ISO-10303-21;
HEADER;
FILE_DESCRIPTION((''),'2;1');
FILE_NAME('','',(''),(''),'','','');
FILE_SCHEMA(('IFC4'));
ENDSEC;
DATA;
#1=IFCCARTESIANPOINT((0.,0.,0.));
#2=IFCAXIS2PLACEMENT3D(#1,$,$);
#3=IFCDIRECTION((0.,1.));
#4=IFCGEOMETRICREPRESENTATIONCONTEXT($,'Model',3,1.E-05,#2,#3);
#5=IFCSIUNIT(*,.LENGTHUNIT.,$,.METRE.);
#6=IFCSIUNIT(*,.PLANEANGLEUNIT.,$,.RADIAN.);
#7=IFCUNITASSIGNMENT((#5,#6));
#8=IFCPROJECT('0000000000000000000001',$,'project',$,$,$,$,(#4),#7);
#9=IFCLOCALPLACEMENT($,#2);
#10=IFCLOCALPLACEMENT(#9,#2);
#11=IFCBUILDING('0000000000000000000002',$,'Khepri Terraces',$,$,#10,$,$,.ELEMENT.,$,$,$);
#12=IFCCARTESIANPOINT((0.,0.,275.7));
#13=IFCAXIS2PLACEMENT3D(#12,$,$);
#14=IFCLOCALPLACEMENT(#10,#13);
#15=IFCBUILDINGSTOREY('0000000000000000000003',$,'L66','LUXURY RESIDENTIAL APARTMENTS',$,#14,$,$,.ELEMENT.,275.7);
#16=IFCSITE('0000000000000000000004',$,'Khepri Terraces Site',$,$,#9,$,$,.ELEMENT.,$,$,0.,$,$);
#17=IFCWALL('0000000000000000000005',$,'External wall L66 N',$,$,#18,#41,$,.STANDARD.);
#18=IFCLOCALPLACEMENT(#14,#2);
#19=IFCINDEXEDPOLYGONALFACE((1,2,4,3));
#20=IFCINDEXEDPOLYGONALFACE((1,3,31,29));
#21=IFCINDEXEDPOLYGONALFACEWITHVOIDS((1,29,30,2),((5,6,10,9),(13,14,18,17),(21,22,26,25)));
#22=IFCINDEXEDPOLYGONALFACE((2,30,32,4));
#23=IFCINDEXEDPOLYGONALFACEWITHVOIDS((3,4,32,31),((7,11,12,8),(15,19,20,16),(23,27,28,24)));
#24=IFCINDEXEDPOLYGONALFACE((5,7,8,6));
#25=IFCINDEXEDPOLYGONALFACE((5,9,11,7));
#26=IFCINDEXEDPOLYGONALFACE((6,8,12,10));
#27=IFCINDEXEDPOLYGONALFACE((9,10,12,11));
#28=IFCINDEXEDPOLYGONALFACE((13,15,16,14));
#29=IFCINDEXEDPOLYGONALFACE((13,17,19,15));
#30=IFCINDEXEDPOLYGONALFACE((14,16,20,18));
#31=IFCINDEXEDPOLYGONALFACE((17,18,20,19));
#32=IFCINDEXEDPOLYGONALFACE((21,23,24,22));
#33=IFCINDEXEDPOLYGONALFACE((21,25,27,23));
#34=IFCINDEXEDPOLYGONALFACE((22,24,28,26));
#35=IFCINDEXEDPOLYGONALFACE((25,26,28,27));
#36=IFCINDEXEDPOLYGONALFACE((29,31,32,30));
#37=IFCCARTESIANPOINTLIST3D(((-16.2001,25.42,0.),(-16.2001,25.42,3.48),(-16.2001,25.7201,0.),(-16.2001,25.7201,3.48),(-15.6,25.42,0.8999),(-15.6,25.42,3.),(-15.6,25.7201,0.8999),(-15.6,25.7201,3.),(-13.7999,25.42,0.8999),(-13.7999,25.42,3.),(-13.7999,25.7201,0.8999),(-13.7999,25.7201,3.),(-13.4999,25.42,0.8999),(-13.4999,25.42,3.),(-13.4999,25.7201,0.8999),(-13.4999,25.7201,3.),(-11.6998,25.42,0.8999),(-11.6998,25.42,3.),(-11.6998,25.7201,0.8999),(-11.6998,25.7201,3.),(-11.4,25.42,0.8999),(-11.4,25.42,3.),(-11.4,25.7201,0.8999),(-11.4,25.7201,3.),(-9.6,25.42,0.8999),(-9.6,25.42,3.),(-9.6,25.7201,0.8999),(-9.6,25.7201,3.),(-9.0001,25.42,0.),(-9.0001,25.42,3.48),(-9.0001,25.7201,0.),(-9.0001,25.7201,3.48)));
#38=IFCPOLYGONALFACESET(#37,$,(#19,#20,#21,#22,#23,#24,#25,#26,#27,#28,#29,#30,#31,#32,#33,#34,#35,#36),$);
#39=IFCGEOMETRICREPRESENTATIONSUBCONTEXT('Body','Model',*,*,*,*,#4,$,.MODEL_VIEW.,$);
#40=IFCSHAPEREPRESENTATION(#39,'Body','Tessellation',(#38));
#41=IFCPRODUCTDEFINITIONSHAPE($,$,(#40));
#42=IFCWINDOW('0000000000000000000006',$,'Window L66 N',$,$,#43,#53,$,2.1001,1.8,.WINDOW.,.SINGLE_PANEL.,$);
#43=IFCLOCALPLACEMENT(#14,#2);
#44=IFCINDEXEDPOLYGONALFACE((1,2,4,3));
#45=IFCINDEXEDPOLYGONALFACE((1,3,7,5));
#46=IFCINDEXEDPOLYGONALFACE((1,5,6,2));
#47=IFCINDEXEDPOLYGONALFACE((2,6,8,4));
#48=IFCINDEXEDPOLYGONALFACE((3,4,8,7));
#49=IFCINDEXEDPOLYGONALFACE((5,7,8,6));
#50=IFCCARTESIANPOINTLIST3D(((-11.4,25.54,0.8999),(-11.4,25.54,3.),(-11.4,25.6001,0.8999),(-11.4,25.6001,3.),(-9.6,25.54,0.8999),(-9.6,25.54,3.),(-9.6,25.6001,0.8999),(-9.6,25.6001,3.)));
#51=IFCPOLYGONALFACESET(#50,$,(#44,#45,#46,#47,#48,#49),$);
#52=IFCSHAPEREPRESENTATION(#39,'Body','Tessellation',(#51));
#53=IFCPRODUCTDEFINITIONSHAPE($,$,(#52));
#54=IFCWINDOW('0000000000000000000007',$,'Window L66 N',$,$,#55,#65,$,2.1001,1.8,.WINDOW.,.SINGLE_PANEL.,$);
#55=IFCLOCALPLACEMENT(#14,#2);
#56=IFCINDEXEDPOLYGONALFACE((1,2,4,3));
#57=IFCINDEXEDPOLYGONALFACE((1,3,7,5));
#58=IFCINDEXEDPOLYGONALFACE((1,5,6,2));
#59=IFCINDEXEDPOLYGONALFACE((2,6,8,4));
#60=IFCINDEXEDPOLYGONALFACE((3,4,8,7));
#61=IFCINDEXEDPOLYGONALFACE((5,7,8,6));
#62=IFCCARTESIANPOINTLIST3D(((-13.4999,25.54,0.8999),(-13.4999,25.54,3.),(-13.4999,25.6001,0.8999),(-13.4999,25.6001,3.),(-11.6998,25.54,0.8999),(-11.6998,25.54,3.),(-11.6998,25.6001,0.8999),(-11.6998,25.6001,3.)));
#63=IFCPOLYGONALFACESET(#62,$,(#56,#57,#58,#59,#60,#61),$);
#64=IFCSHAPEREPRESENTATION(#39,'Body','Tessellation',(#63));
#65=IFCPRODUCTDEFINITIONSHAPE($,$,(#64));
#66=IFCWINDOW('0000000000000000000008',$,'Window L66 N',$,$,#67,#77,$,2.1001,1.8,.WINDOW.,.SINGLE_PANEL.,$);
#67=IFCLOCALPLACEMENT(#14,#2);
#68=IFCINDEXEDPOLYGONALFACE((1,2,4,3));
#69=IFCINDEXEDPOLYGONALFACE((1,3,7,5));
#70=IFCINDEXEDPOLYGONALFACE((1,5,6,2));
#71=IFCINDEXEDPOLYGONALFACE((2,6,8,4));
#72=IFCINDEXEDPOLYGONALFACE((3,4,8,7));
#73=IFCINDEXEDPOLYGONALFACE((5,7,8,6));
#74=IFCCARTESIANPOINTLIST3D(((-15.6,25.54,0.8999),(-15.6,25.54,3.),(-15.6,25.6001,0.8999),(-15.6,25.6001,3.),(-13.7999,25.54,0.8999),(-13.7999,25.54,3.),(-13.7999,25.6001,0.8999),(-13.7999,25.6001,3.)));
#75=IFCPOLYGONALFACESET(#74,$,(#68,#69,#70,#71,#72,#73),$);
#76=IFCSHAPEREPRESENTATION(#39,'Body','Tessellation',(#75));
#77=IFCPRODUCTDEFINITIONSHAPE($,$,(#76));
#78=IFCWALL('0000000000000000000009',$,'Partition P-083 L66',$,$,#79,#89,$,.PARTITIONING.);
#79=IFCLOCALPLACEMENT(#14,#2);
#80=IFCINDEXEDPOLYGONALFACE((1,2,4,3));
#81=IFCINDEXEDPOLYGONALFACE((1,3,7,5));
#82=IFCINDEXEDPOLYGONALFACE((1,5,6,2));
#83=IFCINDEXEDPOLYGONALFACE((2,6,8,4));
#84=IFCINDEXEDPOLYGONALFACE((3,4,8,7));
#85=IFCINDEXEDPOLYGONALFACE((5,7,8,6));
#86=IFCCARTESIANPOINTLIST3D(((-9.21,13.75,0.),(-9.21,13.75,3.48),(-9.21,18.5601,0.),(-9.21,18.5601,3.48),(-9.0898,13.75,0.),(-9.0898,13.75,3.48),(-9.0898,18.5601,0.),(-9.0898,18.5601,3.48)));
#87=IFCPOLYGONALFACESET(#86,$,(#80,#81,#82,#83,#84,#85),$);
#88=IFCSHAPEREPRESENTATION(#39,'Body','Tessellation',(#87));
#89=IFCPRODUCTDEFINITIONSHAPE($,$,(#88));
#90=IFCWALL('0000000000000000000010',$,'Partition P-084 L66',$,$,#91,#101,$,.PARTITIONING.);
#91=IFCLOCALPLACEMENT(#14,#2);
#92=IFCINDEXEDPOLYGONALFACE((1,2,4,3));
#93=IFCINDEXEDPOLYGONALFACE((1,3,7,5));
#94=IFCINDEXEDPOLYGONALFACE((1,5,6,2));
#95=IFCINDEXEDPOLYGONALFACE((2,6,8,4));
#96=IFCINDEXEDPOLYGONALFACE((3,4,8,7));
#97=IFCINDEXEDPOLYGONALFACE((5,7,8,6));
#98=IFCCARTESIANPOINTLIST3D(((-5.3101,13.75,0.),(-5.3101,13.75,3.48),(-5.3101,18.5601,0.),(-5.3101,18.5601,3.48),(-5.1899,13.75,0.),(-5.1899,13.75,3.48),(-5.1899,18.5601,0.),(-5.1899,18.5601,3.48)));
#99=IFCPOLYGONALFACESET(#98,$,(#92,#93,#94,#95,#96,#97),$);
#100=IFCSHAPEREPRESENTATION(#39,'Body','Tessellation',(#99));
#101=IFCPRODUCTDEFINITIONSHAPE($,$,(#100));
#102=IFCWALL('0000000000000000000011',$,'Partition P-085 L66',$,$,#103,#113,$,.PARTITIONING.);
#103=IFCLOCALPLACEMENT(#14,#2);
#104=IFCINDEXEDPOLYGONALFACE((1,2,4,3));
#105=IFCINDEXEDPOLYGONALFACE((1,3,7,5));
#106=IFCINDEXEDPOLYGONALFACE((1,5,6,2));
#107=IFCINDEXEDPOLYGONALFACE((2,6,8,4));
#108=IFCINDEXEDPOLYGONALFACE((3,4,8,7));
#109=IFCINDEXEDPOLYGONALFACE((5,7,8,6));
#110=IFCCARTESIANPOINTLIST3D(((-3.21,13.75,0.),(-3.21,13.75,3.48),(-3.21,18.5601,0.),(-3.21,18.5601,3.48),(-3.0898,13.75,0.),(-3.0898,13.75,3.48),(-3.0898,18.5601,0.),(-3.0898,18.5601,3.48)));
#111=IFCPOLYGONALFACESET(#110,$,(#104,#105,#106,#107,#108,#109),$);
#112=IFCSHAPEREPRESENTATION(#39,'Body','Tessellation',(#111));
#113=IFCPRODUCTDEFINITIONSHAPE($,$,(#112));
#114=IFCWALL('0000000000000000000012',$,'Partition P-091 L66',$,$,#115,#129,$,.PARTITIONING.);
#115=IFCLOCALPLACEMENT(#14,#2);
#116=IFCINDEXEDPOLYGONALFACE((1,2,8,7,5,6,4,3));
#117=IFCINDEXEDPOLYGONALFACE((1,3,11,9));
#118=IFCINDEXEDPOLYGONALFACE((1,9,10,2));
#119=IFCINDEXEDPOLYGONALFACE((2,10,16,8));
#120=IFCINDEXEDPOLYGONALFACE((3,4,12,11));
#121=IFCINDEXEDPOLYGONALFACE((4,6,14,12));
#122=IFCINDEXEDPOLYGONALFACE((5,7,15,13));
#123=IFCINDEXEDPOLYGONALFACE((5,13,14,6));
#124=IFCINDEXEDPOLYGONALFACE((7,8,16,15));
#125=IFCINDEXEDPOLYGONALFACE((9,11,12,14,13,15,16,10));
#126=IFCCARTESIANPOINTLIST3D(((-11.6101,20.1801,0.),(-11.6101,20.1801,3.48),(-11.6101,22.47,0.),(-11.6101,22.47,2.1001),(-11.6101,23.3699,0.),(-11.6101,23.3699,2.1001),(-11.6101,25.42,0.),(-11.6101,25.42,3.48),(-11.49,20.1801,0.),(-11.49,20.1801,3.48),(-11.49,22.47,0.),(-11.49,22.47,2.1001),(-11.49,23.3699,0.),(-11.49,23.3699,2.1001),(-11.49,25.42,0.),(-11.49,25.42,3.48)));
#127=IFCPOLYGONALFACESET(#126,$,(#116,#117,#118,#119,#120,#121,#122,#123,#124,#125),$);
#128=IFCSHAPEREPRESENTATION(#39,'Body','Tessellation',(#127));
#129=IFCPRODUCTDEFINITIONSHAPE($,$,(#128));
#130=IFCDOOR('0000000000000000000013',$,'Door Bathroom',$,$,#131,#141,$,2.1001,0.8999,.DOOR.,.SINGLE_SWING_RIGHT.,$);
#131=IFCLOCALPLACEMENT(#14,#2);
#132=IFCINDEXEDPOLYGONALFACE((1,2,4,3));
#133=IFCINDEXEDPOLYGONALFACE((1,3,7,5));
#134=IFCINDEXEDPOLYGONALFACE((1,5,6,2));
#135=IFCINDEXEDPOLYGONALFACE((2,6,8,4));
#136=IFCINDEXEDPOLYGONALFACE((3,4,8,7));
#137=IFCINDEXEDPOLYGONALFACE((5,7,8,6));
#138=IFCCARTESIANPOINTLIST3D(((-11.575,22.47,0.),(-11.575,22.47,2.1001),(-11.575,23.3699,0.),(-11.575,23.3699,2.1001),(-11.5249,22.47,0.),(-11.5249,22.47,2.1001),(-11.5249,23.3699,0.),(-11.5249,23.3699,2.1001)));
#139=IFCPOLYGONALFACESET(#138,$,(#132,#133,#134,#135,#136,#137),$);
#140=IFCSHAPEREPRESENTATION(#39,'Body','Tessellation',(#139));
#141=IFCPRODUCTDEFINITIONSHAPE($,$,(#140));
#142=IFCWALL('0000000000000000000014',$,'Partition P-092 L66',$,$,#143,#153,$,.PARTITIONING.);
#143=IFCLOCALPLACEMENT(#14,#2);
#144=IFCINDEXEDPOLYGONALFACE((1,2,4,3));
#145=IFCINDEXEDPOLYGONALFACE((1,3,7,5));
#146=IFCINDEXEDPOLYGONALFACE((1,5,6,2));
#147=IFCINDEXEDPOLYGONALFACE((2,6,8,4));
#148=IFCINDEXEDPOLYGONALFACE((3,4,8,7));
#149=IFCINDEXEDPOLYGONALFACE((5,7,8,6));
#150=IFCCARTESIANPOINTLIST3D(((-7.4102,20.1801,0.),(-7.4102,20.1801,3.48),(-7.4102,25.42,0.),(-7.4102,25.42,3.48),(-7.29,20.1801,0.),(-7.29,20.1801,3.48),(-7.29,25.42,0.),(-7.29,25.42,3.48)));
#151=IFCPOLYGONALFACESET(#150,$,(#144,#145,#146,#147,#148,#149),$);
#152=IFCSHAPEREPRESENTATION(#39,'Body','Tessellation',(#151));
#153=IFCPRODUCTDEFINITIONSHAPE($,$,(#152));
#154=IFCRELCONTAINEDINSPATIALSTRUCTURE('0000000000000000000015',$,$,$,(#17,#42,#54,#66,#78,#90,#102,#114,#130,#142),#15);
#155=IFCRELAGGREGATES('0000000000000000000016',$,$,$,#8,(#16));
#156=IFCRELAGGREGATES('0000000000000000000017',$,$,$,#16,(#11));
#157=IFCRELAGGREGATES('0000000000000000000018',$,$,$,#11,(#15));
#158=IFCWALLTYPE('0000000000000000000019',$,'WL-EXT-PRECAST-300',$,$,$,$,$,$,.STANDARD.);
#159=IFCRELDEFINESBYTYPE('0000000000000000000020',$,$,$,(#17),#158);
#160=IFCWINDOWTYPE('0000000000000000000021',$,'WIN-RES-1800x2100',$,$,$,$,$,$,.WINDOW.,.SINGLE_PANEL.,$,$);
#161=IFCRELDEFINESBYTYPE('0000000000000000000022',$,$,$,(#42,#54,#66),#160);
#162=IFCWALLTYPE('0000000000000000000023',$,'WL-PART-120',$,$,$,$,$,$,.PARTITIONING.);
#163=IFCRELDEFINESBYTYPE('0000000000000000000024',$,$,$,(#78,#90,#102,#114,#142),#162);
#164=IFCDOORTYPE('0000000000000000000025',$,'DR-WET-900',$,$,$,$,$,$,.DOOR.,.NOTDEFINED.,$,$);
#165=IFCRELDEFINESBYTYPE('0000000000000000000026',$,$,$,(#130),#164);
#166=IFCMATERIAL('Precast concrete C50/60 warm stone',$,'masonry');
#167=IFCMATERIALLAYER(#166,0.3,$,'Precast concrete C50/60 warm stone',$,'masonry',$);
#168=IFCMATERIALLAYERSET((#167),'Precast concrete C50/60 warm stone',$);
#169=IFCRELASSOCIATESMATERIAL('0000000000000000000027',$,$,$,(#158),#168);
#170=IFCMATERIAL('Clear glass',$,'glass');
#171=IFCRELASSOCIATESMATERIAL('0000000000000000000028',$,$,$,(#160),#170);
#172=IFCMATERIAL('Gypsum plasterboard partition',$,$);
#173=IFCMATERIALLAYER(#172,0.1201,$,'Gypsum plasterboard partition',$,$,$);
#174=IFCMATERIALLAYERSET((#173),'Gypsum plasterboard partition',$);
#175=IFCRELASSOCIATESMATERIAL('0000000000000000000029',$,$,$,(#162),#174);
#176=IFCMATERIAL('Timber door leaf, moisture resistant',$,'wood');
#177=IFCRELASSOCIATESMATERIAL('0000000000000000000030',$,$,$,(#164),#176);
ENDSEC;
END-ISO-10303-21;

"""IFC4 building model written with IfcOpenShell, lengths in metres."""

from ifc_helpers import new_model, si_unit, direction, frame, frame_2d, origin, place, context, subcontext, project, spatial, rectangle, extrude, material, layer, layer_set, type_object, element, fill, save


model = new_model("IFC4")

# Units and contexts
model_context = context("Model", 3, precision=1e-05, world=origin(), true_north=direction((0.0, 1.0)))
body_context = subcontext(model_context, "Body", "Model", "MODEL_VIEW")
ifc_project = project(units=[si_unit("LENGTHUNIT", "METRE"), si_unit("PLANEANGLEUNIT", "RADIAN")], contexts=[model_context])

# Site, building, storey
site_placement = place(None, origin())
site = spatial("IfcSite", under=ifc_project, at=site_placement, Name="Khepri Terraces Site", CompositionType="ELEMENT", RefElevation=0.0)
building_placement = place(site_placement, origin())
building = spatial("IfcBuilding", under=site, at=building_placement, Name="Khepri Terraces", CompositionType="ELEMENT")
storey_placement = place(building_placement, frame((0.0, 0.0, 275.7)))
storey = spatial("IfcBuildingStorey", under=building, at=storey_placement, Name="L66", Description="LUXURY RESIDENTIAL APARTMENTS", CompositionType="ELEMENT", Elevation=275.7)

# Wall, openings, windows
ifc_material_1 = material(Name="Precast concrete C50/60 warm stone", Category="masonry")
ifc_layer_1 = layer(ifc_material_1, 0.3, Name="Precast concrete C50/60 warm stone", Category="masonry")
ifc_layer_set_1 = layer_set([ifc_layer_1], Name="Precast concrete C50/60 warm stone")
wall_type_1 = type_object("IfcWallType", Name="WL-EXT-PRECAST-300", PredefinedType="STANDARD", material=ifc_layer_set_1)
ifc_material_2 = material(Name="Clear glass", Category="glass")
window_type_1 = type_object("IfcWindowType", Name="WIN-RES-1800x2100", PartitioningType="SINGLE_PANEL", PredefinedType="WINDOW", material=ifc_material_2)
wall_1_placement = place(storey_placement, frame((-9.0, 25.5701, 0.0), z_axis=(0.0, 0.0, 1.0), x_axis=(-1.0, 0.0, 0.0)))
wall_1 = element("IfcWall", 1, at=wall_1_placement, inside=storey, type_object=wall_type_1, Name="External wall L66 N", PredefinedType="STANDARD", context=body_context, shape_type="SweptSolid", body=[
    extrude(rectangle(XDim=7.2, YDim=0.3, at=frame_2d((3.6001, 0.0))), origin(), (0.0, 0.0, 1.0), 3.48),
])
opening_1_placement = place(wall_1_placement, frame((0.6001, 0.0, 0.8999)))
opening_1 = element("IfcOpeningElement", 2, at=opening_1_placement, cuts=wall_1, PredefinedType="OPENING", context=body_context, shape_type="SweptSolid", body=[
    extrude(rectangle(XDim=1.8, YDim=2.1001, at=frame_2d((0.8999, 1.05))), frame((0.0, 0.1602, 0.0), z_axis=(0.0, -1.0, 0.0), x_axis=(1.0, 0.0, 0.0)), (0.0, 0.0, 1.0), 0.3201),
])
opening_2_placement = place(wall_1_placement, frame((2.7, 0.0, 0.8999)))
opening_2 = element("IfcOpeningElement", 3, at=opening_2_placement, cuts=wall_1, PredefinedType="OPENING", context=body_context, shape_type="SweptSolid", body=[
    extrude(rectangle(XDim=1.8, YDim=2.1001, at=frame_2d((0.8999, 1.05))), frame((0.0, 0.1602, 0.0), z_axis=(0.0, -1.0, 0.0), x_axis=(1.0, 0.0, 0.0)), (0.0, 0.0, 1.0), 0.3201),
])
opening_3_placement = place(wall_1_placement, frame((4.8, 0.0, 0.8999)))
opening_3 = element("IfcOpeningElement", 4, at=opening_3_placement, cuts=wall_1, PredefinedType="OPENING", context=body_context, shape_type="SweptSolid", body=[
    extrude(rectangle(XDim=1.8, YDim=2.1001, at=frame_2d((0.8999, 1.05))), frame((0.0, 0.1602, 0.0), z_axis=(0.0, -1.0, 0.0), x_axis=(1.0, 0.0, 0.0)), (0.0, 0.0, 1.0), 0.3201),
])
window_1_placement = place(opening_1_placement, origin())
window_1 = element("IfcWindow", 5, at=window_1_placement, inside=storey, type_object=window_type_1, Name="Window L66 N", OverallHeight=2.1001, OverallWidth=1.8, PartitioningType="SINGLE_PANEL", PredefinedType="WINDOW", context=body_context, shape_type="SweptSolid", body=[
    extrude(rectangle(XDim=1.8, YDim=2.1001, at=frame_2d((0.8999, 1.05))), frame((0.0, 0.03, 0.0), z_axis=(0.0, -1.0, 0.0), x_axis=(1.0, 0.0, 0.0)), (0.0, 0.0, 1.0), 0.0601),
])
fill(opening_1, window_1)
window_2_placement = place(opening_2_placement, origin())
window_2 = element("IfcWindow", 6, at=window_2_placement, inside=storey, type_object=window_type_1, Name="Window L66 N", OverallHeight=2.1001, OverallWidth=1.8, PartitioningType="SINGLE_PANEL", PredefinedType="WINDOW", context=body_context, shape_type="SweptSolid", body=[
    extrude(rectangle(XDim=1.8, YDim=2.1001, at=frame_2d((0.8999, 1.05))), frame((0.0, 0.03, 0.0), z_axis=(0.0, -1.0, 0.0), x_axis=(1.0, 0.0, 0.0)), (0.0, 0.0, 1.0), 0.0601),
])
fill(opening_2, window_2)
window_3_placement = place(opening_3_placement, origin())
window_3 = element("IfcWindow", 7, at=window_3_placement, inside=storey, type_object=window_type_1, Name="Window L66 N", OverallHeight=2.1001, OverallWidth=1.8, PartitioningType="SINGLE_PANEL", PredefinedType="WINDOW", context=body_context, shape_type="SweptSolid", body=[
    extrude(rectangle(XDim=1.8, YDim=2.1001, at=frame_2d((0.8999, 1.05))), frame((0.0, 0.03, 0.0), z_axis=(0.0, -1.0, 0.0), x_axis=(1.0, 0.0, 0.0)), (0.0, 0.0, 1.0), 0.0601),
])
fill(opening_3, window_3)

# Walls
ifc_material_3 = material(Name="Gypsum plasterboard partition")
ifc_layer_2 = layer(ifc_material_3, 0.1201, Name="Gypsum plasterboard partition")
ifc_layer_set_2 = layer_set([ifc_layer_2], Name="Gypsum plasterboard partition")
wall_type_2 = type_object("IfcWallType", Name="WL-PART-120", PredefinedType="PARTITIONING", material=ifc_layer_set_2)
for number, where, z_axis, x_axis, name in (
    (8, (-9.1499, 13.75, 0.0), (0.0, 0.0, 1.0), (0.0, 1.0, 0.0), "Partition P-083 L66"),
    (9, (-5.25, 13.75, 0.0), (0.0, 0.0, 1.0), (0.0, 1.0, 0.0), "Partition P-084 L66"),
    (10, (-3.1499, 13.75, 0.0), (0.0, 0.0, 1.0), (0.0, 1.0, 0.0), "Partition P-085 L66"),
):
    element("IfcWall", number, at=place(storey_placement, frame(where, z_axis=z_axis, x_axis=x_axis)), inside=storey, type_object=wall_type_2, Name=name, PredefinedType="PARTITIONING", context=body_context, shape_type="SweptSolid", body=[
        extrude(rectangle(XDim=4.8101, YDim=0.1201, at=frame_2d((2.405, 0.0))), origin(), (0.0, 0.0, 1.0), 3.48),
    ])

# Wall, opening, door
wall_2_placement = place(storey_placement, frame((-11.55, 20.1799, 0.0), z_axis=(0.0, 0.0, 1.0), x_axis=(0.0, 1.0, 0.0)))
wall_2 = element("IfcWall", 11, at=wall_2_placement, inside=storey, type_object=wall_type_2, Name="Partition P-091 L66", PredefinedType="PARTITIONING", context=body_context, shape_type="SweptSolid", body=[
    extrude(rectangle(XDim=5.24, YDim=0.1201, at=frame_2d((2.6201, 0.0))), origin(), (0.0, 0.0, 1.0), 3.48),
])
opening_4_placement = place(wall_2_placement, frame((2.29, 0.0, 0.0)))
opening_4 = element("IfcOpeningElement", 12, at=opening_4_placement, cuts=wall_2, PredefinedType="OPENING", context=body_context, shape_type="SweptSolid", body=[
    extrude(rectangle(XDim=0.8999, YDim=2.1001, at=frame_2d((0.45, 1.05))), frame((0.0, 0.0701, 0.0), z_axis=(0.0, -1.0, 0.0), x_axis=(1.0, 0.0, 0.0)), (0.0, 0.0, 1.0), 0.1401),
])
ifc_material_4 = material(Name="Timber door leaf, moisture resistant", Category="wood")
door_type_1 = type_object("IfcDoorType", Name="DR-WET-900", OperationType="NOTDEFINED", PredefinedType="DOOR", material=ifc_material_4)
door_1_placement = place(opening_4_placement, origin())
door_1 = element("IfcDoor", 13, at=door_1_placement, inside=storey, type_object=door_type_1, Name="Door Bathroom", OperationType="SINGLE_SWING_RIGHT", OverallHeight=2.1001, OverallWidth=0.8999, PredefinedType="DOOR", context=body_context, shape_type="SweptSolid", body=[
    extrude(rectangle(XDim=0.8999, YDim=2.1001, at=frame_2d((0.45, 1.05))), frame((0.0, 0.0249, 0.0), z_axis=(0.0, -1.0, 0.0), x_axis=(1.0, 0.0, 0.0)), (0.0, 0.0, 1.0), 0.05),
])
fill(opening_4, door_1)

# Wall
wall_3_placement = place(storey_placement, frame((-7.3501, 20.1799, 0.0), z_axis=(0.0, 0.0, 1.0), x_axis=(0.0, 1.0, 0.0)))
element("IfcWall", 14, at=wall_3_placement, inside=storey, type_object=wall_type_2, Name="Partition P-092 L66", PredefinedType="PARTITIONING", context=body_context, shape_type="SweptSolid", body=[
    extrude(rectangle(XDim=5.24, YDim=0.1201, at=frame_2d((2.6201, 0.0))), origin(), (0.0, 0.0, 1.0), 3.48),
])

save(model, "model.ifc")
